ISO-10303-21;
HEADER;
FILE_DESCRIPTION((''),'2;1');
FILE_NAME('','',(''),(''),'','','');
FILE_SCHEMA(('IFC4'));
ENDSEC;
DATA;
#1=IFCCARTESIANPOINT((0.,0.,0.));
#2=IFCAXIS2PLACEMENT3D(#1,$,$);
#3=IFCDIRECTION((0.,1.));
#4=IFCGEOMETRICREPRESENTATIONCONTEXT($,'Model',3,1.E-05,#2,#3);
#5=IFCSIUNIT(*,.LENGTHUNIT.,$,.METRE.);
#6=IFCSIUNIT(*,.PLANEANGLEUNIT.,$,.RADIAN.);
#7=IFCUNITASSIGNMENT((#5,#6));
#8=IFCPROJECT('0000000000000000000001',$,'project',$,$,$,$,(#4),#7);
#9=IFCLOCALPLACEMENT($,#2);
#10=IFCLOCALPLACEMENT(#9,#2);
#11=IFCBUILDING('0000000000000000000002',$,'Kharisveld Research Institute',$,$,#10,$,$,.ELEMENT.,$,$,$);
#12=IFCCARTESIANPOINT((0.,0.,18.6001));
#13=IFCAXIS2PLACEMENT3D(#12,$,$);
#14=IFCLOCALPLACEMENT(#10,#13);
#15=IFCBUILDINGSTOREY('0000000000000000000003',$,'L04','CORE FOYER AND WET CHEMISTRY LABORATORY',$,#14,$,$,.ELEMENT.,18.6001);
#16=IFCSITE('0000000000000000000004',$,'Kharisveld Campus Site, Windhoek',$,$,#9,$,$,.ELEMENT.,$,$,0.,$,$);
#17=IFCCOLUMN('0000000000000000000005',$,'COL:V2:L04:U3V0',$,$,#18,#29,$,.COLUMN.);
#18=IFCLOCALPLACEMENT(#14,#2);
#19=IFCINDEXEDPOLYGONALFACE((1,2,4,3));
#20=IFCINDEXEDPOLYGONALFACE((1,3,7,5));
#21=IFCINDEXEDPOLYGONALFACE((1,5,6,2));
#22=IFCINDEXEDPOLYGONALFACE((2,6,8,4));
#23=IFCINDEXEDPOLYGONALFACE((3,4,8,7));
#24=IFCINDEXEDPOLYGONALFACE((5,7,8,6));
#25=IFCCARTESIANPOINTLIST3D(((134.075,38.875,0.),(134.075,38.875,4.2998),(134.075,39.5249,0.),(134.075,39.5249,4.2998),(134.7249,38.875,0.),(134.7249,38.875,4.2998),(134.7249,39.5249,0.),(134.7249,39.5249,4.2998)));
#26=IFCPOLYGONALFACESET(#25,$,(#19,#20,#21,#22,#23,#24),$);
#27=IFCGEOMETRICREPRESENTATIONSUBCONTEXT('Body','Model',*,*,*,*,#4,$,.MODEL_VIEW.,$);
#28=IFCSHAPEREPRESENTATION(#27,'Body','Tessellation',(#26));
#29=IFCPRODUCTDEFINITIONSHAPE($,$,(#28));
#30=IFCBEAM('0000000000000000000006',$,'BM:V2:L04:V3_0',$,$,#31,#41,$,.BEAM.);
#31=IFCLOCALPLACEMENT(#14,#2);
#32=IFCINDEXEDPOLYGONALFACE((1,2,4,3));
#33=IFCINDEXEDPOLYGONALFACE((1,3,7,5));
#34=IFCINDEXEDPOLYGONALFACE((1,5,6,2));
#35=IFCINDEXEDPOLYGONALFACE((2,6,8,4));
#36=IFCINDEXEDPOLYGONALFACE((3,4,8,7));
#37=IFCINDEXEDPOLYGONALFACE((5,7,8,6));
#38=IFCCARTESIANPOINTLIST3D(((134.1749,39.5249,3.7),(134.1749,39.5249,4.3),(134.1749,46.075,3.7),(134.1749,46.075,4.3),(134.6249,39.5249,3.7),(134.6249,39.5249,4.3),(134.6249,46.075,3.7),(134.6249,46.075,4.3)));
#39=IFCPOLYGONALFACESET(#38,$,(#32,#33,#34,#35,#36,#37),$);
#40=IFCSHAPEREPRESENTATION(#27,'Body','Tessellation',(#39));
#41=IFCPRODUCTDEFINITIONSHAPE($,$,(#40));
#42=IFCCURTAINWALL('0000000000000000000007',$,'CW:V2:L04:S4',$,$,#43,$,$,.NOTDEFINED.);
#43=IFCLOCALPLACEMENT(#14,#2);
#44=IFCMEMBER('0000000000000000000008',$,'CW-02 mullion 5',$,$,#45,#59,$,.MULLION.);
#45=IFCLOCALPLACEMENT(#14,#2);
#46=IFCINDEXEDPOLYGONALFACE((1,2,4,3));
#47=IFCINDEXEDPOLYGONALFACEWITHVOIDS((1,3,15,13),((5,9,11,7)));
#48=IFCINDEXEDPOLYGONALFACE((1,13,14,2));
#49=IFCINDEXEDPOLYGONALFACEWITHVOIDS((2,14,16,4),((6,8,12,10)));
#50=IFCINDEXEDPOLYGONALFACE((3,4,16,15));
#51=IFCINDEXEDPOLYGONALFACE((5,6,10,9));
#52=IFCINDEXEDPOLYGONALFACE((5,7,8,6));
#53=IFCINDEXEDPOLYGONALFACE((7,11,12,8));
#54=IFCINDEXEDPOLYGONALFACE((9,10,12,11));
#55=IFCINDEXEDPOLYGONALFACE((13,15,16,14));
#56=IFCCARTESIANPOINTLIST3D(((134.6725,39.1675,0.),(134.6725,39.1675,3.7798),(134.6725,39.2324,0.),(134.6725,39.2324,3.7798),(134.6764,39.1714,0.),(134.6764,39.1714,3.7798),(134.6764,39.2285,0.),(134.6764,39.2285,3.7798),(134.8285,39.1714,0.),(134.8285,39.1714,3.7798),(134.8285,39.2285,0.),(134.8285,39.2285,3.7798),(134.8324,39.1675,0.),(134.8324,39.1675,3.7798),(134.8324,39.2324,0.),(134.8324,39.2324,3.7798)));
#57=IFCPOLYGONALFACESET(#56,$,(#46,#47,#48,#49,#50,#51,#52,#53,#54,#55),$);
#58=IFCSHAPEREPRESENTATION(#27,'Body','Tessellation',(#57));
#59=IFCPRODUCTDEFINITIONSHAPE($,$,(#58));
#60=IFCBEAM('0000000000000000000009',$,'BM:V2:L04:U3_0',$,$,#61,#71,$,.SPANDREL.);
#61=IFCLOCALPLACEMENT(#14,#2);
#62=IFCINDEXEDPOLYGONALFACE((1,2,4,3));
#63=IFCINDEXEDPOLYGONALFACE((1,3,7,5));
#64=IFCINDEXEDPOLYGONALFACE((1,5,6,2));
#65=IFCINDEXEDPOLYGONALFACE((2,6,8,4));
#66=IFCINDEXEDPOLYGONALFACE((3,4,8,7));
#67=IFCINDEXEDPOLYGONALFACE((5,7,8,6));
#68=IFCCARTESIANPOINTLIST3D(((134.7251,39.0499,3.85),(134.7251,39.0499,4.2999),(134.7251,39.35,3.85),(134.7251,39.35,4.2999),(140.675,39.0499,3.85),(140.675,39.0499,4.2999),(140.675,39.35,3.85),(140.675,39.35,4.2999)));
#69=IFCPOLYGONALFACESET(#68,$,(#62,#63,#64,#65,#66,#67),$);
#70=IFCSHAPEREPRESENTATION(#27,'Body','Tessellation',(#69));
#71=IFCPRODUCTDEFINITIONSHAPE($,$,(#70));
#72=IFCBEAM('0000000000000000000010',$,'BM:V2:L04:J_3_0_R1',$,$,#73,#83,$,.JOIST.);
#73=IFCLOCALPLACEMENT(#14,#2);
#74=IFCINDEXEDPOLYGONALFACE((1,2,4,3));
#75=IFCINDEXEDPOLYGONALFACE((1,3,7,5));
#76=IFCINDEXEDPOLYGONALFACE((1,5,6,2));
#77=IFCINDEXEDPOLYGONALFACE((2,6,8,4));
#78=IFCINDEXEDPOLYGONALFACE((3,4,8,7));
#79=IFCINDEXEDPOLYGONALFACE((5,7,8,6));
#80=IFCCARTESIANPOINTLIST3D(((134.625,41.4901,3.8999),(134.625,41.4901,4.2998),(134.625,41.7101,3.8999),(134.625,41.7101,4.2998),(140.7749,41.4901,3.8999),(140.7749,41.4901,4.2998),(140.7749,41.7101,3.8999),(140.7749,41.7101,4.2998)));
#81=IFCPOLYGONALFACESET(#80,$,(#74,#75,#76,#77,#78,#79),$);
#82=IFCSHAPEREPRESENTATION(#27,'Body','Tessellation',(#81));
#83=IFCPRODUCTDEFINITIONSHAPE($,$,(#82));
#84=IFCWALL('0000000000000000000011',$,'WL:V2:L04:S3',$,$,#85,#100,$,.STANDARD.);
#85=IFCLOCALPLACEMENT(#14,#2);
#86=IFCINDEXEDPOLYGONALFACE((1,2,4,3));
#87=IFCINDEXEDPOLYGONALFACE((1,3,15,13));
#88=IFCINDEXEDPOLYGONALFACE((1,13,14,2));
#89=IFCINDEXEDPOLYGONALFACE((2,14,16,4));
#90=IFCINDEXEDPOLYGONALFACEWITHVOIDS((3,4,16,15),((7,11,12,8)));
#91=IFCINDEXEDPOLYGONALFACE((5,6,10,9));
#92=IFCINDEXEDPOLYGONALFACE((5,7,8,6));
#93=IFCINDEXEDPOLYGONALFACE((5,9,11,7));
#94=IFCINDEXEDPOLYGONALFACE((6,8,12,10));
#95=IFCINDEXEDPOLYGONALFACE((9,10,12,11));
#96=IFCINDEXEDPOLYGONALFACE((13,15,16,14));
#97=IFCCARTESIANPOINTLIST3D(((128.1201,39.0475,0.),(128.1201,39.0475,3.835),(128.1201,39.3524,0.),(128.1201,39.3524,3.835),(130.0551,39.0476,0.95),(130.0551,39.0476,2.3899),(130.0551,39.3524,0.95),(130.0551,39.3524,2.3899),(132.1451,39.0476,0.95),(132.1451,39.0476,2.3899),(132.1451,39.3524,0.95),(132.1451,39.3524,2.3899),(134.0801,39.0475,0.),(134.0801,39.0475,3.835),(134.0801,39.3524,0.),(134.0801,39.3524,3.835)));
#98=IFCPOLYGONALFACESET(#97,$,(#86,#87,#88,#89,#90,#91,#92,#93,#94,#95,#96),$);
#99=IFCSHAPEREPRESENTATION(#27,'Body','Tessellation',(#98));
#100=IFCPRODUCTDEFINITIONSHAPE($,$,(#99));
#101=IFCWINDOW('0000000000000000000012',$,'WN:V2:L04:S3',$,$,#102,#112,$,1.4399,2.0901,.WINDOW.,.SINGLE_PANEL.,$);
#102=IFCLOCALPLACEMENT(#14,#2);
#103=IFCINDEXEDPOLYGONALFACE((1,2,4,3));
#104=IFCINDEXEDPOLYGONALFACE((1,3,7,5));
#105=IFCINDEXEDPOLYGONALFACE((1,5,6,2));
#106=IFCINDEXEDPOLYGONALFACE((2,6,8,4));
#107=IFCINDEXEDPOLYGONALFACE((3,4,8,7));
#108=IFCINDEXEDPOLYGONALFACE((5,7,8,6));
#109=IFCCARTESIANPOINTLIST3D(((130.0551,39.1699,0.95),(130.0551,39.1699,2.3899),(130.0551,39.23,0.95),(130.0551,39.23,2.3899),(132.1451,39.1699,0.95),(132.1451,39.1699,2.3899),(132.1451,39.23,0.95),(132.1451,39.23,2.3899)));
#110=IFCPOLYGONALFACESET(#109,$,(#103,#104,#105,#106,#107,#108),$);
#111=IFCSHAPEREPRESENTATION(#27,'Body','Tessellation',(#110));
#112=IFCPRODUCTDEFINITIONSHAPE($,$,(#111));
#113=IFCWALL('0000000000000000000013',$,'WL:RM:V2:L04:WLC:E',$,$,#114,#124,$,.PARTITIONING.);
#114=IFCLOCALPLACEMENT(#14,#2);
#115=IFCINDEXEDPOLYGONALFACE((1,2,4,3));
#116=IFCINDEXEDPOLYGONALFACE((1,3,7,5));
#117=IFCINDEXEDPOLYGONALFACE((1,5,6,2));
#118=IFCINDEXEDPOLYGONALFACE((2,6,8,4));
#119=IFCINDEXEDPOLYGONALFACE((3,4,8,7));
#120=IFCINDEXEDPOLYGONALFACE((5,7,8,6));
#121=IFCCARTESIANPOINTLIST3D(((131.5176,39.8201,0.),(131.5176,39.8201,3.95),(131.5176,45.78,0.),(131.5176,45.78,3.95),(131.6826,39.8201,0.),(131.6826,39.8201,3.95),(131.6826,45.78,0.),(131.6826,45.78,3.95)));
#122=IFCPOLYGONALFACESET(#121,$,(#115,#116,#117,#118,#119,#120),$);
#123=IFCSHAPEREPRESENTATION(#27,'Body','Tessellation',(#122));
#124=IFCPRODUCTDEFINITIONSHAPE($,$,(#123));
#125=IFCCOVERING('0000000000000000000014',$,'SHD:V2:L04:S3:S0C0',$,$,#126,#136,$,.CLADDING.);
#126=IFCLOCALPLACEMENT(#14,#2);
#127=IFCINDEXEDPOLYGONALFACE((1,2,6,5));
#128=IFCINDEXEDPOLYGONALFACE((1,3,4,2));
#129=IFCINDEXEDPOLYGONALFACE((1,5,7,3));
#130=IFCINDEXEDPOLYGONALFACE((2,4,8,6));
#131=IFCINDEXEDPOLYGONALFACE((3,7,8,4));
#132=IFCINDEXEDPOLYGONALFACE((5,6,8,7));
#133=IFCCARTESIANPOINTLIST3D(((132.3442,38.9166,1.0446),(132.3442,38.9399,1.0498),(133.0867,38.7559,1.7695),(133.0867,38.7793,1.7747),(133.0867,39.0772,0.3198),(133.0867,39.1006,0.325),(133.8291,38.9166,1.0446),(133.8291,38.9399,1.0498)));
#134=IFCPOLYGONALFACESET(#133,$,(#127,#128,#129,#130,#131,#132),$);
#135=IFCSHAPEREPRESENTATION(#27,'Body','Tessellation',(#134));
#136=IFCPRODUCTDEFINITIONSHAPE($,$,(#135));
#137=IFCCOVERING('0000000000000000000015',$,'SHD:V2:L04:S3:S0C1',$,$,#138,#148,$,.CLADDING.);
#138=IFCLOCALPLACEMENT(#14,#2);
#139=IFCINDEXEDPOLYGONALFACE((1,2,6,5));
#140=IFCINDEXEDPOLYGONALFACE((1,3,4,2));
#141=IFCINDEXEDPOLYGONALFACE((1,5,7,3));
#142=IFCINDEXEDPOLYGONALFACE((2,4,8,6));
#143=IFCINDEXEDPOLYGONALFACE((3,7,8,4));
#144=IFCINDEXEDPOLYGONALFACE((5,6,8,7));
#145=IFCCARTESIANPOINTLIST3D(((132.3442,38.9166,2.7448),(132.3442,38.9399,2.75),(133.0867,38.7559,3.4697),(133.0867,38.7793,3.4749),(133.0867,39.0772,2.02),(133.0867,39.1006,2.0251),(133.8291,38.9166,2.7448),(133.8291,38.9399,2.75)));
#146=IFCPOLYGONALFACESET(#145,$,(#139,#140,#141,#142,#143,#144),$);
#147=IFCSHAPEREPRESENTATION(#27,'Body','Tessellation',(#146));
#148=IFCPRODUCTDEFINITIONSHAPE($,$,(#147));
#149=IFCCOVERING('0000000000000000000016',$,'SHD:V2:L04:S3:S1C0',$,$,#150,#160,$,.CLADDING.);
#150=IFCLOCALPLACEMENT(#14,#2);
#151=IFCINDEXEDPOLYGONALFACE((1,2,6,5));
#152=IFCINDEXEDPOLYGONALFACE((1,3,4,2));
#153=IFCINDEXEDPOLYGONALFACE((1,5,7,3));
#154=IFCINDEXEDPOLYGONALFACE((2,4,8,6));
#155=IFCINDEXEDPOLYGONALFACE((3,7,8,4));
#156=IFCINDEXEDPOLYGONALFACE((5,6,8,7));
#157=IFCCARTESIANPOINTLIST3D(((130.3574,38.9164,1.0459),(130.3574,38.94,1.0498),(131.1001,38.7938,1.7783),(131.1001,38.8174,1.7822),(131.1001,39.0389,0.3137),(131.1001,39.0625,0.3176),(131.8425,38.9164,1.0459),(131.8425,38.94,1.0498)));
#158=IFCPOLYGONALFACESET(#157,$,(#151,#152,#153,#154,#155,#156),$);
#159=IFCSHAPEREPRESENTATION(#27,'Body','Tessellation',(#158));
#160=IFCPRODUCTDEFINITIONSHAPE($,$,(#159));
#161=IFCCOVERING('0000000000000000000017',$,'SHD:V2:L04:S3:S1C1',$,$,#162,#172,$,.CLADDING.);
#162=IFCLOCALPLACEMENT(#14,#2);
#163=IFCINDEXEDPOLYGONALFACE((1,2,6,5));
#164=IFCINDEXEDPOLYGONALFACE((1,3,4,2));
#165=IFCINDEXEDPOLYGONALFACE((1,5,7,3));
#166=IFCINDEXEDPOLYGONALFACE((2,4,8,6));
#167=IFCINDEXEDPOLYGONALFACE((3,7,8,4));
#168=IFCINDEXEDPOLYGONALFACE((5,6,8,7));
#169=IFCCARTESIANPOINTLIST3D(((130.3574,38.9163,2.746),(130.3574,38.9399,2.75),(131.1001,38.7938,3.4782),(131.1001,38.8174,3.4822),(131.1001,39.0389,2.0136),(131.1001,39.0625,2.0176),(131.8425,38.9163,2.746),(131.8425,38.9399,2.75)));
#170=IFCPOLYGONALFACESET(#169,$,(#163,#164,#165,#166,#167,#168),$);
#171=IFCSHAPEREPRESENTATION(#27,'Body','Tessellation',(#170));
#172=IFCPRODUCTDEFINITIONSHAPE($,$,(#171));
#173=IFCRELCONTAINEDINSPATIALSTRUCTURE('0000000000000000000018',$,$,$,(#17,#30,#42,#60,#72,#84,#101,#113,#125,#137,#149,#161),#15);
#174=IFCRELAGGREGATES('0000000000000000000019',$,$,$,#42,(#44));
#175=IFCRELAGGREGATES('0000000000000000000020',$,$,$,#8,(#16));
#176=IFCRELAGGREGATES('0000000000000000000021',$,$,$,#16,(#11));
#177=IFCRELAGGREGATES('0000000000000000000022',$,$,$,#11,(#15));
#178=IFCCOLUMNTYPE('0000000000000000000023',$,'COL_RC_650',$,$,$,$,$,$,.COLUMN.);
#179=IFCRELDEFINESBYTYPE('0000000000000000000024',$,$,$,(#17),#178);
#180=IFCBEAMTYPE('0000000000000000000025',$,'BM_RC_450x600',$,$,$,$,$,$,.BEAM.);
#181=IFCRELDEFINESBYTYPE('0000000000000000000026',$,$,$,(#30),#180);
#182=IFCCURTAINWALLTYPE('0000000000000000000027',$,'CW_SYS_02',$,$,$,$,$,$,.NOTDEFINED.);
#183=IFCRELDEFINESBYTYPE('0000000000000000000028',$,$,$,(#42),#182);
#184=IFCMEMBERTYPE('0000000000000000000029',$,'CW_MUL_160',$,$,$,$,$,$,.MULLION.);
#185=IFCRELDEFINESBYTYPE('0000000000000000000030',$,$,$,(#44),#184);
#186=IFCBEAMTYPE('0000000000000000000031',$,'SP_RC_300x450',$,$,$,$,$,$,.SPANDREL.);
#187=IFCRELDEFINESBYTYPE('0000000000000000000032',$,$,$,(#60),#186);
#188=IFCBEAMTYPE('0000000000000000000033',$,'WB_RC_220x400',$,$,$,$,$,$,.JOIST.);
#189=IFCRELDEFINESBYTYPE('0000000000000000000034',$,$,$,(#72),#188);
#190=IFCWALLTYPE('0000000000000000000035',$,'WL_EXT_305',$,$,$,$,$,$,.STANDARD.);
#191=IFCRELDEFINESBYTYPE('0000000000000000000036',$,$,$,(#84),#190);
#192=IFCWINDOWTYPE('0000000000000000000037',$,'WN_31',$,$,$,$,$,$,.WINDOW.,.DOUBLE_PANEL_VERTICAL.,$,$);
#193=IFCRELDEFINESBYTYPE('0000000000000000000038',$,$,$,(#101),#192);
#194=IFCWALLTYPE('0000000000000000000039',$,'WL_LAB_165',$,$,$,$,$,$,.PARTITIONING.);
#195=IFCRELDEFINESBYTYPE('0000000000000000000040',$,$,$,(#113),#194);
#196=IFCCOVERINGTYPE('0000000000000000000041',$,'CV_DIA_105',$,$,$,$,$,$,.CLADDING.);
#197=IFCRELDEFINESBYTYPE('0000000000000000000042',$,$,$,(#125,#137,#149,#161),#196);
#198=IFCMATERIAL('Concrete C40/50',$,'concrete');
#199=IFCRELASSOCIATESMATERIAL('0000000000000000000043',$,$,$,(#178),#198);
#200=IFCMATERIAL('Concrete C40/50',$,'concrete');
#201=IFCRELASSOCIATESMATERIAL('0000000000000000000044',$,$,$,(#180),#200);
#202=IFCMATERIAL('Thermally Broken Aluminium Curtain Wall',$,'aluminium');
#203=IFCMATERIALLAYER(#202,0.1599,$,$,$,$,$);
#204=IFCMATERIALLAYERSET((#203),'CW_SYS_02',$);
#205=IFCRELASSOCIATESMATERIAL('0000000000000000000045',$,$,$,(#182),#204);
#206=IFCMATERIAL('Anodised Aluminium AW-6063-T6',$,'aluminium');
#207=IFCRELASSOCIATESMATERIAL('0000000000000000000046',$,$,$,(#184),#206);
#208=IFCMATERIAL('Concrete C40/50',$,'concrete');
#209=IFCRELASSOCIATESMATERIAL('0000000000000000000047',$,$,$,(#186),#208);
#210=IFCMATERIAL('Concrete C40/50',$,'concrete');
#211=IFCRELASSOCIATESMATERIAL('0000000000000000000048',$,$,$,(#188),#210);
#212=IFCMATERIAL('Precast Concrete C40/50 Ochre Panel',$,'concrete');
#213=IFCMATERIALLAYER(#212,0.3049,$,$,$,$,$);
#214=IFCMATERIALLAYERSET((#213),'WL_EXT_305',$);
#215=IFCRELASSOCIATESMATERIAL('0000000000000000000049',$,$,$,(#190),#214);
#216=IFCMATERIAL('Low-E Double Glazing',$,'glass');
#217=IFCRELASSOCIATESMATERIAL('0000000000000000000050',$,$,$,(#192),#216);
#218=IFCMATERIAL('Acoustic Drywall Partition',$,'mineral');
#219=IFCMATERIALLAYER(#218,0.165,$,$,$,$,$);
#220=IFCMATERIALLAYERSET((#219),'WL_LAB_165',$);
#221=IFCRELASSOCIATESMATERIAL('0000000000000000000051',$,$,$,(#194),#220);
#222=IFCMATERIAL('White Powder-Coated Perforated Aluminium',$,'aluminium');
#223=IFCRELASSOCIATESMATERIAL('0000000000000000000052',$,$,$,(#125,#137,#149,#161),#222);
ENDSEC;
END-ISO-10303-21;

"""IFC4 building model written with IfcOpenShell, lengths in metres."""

from ifc_helpers import new_model, si_unit, direction, frame, frame_2d, origin, origin_2d, place, context, subcontext, project, spatial, polyline, rectangle, hollow_rectangle, outline, extrude, material, layer, layer_set, material_profile, profile_set, type_object, element, fill, aggregate, save


model = new_model("IFC4")

# Units and contexts
model_context = context("Model", 3, precision=1e-05, world=origin(), true_north=direction((0.0, 1.0)))
body_context = subcontext(model_context, "Body", "Model", "MODEL_VIEW")
ifc_project = project(units=[si_unit("LENGTHUNIT", "METRE"), si_unit("PLANEANGLEUNIT", "RADIAN")], contexts=[model_context])

# Site, building, storey
site_placement = place(None, origin())
site = spatial("IfcSite", under=ifc_project, at=site_placement, Name="Kharisveld Campus Site, Windhoek", CompositionType="ELEMENT", RefElevation=0.0)
building_placement = place(site_placement, origin())
building = spatial("IfcBuilding", under=site, at=building_placement, Name="Kharisveld Research Institute", CompositionType="ELEMENT")
storey_placement = place(building_placement, frame((0.0, 0.0, 18.6001)))
storey = spatial("IfcBuildingStorey", under=building, at=storey_placement, Name="L04", Description="CORE FOYER AND WET CHEMISTRY LABORATORY", CompositionType="ELEMENT", Elevation=18.6001)

# Column
ifc_material_1 = material(Name="Concrete C40/50", Category="concrete")
ifc_material_profile_1 = material_profile(ifc_material_1, rectangle(XDim=0.6499, YDim=0.6499, at=origin_2d()))
ifc_profile_set_1 = profile_set([ifc_material_profile_1], Name="Concrete C40/50")
column_type = type_object("IfcColumnType", Name="COL_RC_650", PredefinedType="COLUMN", material=ifc_profile_set_1)
column_placement = place(storey_placement, frame((134.3999, 39.2, 0.0), z_axis=(0.0, 0.0, 1.0), x_axis=(1.0, 0.0, 0.0)))
element("IfcColumn", 1, at=column_placement, inside=storey, type_object=column_type, Name="COL:V2:L04:U3V0", PredefinedType="COLUMN", context=body_context, shape_type="SweptSolid", body=[
    extrude(rectangle(XDim=0.6499, YDim=0.6499, at=origin_2d()), origin(), (0.0, 0.0, 1.0), 4.2998),
])

# Beam
ifc_material_2 = material(Name="Concrete C40/50", Category="concrete")
ifc_material_profile_2 = material_profile(ifc_material_2, rectangle(XDim=0.45, YDim=0.6001, at=origin_2d()))
ifc_profile_set_2 = profile_set([ifc_material_profile_2], Name="Concrete C40/50")
beam_type_1 = type_object("IfcBeamType", Name="BM_RC_450x600", PredefinedType="BEAM", material=ifc_profile_set_2)
beam_1_placement = place(storey_placement, frame((134.3999, 39.5249, 4.0), z_axis=(0.0, 1.0, 0.0), x_axis=(-1.0, 0.0, 0.0)))
element("IfcBeam", 2, at=beam_1_placement, inside=storey, type_object=beam_type_1, Name="BM:V2:L04:V3_0", PredefinedType="BEAM", context=body_context, shape_type="SweptSolid", body=[
    extrude(rectangle(XDim=0.45, YDim=0.6001, at=origin_2d()), origin(), (0.0, 0.0, 1.0), 6.55),
])

# Curtain wall, member
ifc_material_3 = material(Name="Thermally Broken Aluminium Curtain Wall", Category="aluminium")
ifc_layer_1 = layer(ifc_material_3, 0.1599)
ifc_layer_set_1 = layer_set([ifc_layer_1], Name="CW_SYS_02")
curtain_wall_type = type_object("IfcCurtainWallType", Name="CW_SYS_02", PredefinedType="NOTDEFINED", material=ifc_layer_set_1)
curtain_wall_placement = place(storey_placement, origin())
curtain_wall = element("IfcCurtainWall", 3, at=curtain_wall_placement, inside=storey, type_object=curtain_wall_type, Name="CW:V2:L04:S4", PredefinedType="NOTDEFINED")
ifc_material_4 = material(Name="Anodised Aluminium AW-6063-T6", Category="aluminium")
ifc_material_profile_3 = material_profile(ifc_material_4, hollow_rectangle(XDim=0.0649, YDim=0.1599, WallThickness=0.0039, at=origin_2d()))
ifc_profile_set_3 = profile_set([ifc_material_profile_3], Name="Anodised Aluminium AW-6063-T6")
member_type = type_object("IfcMemberType", Name="CW_MUL_160", PredefinedType="MULLION", material=ifc_profile_set_3)
member_placement = place(storey_placement, frame((134.7524, 39.2, 0.0), z_axis=(0.0, 0.0, 1.0), x_axis=(0.0, -1.0, 0.0)))
member = element("IfcMember", 4, at=member_placement, type_object=member_type, Name="CW-02 mullion 5", PredefinedType="MULLION", context=body_context, shape_type="SweptSolid", body=[
    extrude(hollow_rectangle(XDim=0.0649, YDim=0.1599, WallThickness=0.0039, at=origin_2d()), origin(), (0.0, 0.0, 1.0), 3.7798),
])
aggregate(curtain_wall, [member])

# Beams
ifc_material_5 = material(Name="Concrete C40/50", Category="concrete")
ifc_material_profile_4 = material_profile(ifc_material_5, rectangle(XDim=0.3, YDim=0.45, at=origin_2d()))
ifc_profile_set_4 = profile_set([ifc_material_profile_4], Name="Concrete C40/50")
beam_type_2 = type_object("IfcBeamType", Name="SP_RC_300x450", PredefinedType="SPANDREL", material=ifc_profile_set_4)
beam_2_placement = place(storey_placement, frame((134.7251, 39.2, 4.075), z_axis=(1.0, 0.0, 0.0), x_axis=(0.0, 1.0, 0.0)))
element("IfcBeam", 5, at=beam_2_placement, inside=storey, type_object=beam_type_2, Name="BM:V2:L04:U3_0", PredefinedType="SPANDREL", context=body_context, shape_type="SweptSolid", body=[
    extrude(rectangle(XDim=0.3, YDim=0.45, at=origin_2d()), origin(), (0.0, 0.0, 1.0), 5.95),
])
ifc_material_6 = material(Name="Concrete C40/50", Category="concrete")
ifc_material_profile_5 = material_profile(ifc_material_6, rectangle(XDim=0.22, YDim=0.3999, at=origin_2d()))
ifc_profile_set_5 = profile_set([ifc_material_profile_5], Name="Concrete C40/50")
beam_type_3 = type_object("IfcBeamType", Name="WB_RC_220x400", PredefinedType="JOIST", material=ifc_profile_set_5)
beam_3_placement = place(storey_placement, frame((134.625, 41.6001, 4.0999), z_axis=(1.0, 0.0, 0.0), x_axis=(0.0, 1.0, 0.0)))
element("IfcBeam", 6, at=beam_3_placement, inside=storey, type_object=beam_type_3, Name="BM:V2:L04:J_3_0_R1", PredefinedType="JOIST", context=body_context, shape_type="SweptSolid", body=[
    extrude(rectangle(XDim=0.22, YDim=0.3999, at=origin_2d()), origin(), (0.0, 0.0, 1.0), 6.1499),
])

# Wall, opening, window
ifc_material_7 = material(Name="Precast Concrete C40/50 Ochre Panel", Category="concrete")
ifc_layer_2 = layer(ifc_material_7, 0.3049)
ifc_layer_set_2 = layer_set([ifc_layer_2], Name="WL_EXT_305")
wall_type_1 = type_object("IfcWallType", Name="WL_EXT_305", PredefinedType="STANDARD", material=ifc_layer_set_2)
wall_1_placement = place(storey_placement, frame((134.0801, 39.2, 0.0), z_axis=(0.0, 0.0, 1.0), x_axis=(-1.0, 0.0, 0.0)))
wall_1 = element("IfcWall", 7, at=wall_1_placement, inside=storey, type_object=wall_type_1, Name="WL:V2:L04:S3", PredefinedType="STANDARD", context=body_context, shape_type="SweptSolid", body=[
    extrude(rectangle(XDim=5.96, YDim=0.3049, at=frame_2d((2.98, 0.0))), origin(), (0.0, 0.0, 1.0), 3.835),
])
opening_placement = place(wall_1_placement, frame((1.9351, 0.0, 0.95)))
opening = element("IfcOpeningElement", 8, at=opening_placement, cuts=wall_1, PredefinedType="OPENING", context=body_context, shape_type="SweptSolid", body=[
    extrude(rectangle(XDim=2.0901, YDim=1.4399, at=frame_2d((1.0449, 0.72))), frame((0.0, 0.1523, 0.0), z_axis=(0.0, -1.0, 0.0), x_axis=(1.0, 0.0, 0.0)), (0.0, 0.0, 1.0), 0.3049),
])
ifc_material_8 = material(Name="Low-E Double Glazing", Category="glass")
window_type = type_object("IfcWindowType", Name="WN_31", PartitioningType="DOUBLE_PANEL_VERTICAL", PredefinedType="WINDOW", material=ifc_material_8)
window_placement = place(opening_placement, origin())
window = element("IfcWindow", 9, at=window_placement, inside=storey, type_object=window_type, Name="WN:V2:L04:S3", OverallHeight=1.4399, OverallWidth=2.0901, PartitioningType="SINGLE_PANEL", PredefinedType="WINDOW", context=body_context, shape_type="SweptSolid", body=[
    extrude(rectangle(XDim=2.0901, YDim=1.4399, at=frame_2d((1.0449, 0.72))), frame((0.0, 0.03, 0.0), z_axis=(0.0, -1.0, 0.0), x_axis=(1.0, 0.0, 0.0)), (0.0, 0.0, 1.0), 0.0601),
])
fill(opening, window)

# Wall
ifc_material_9 = material(Name="Acoustic Drywall Partition", Category="mineral")
ifc_layer_3 = layer(ifc_material_9, 0.165)
ifc_layer_set_3 = layer_set([ifc_layer_3], Name="WL_LAB_165")
wall_type_2 = type_object("IfcWallType", Name="WL_LAB_165", PredefinedType="PARTITIONING", material=ifc_layer_set_3)
wall_2_placement = place(storey_placement, frame((131.6001, 39.8201, 0.0), z_axis=(0.0, 0.0, 1.0), x_axis=(0.0, 1.0, 0.0)))
element("IfcWall", 10, at=wall_2_placement, inside=storey, type_object=wall_type_2, Name="WL:RM:V2:L04:WLC:E", PredefinedType="PARTITIONING", context=body_context, shape_type="SweptSolid", body=[
    extrude(rectangle(XDim=5.96, YDim=0.165, at=frame_2d((2.98, 0.0))), origin(), (0.0, 0.0, 1.0), 3.95),
])

# Coverings
ifc_material_10 = material(Name="White Powder-Coated Perforated Aluminium", Category="aluminium")
covering_type = type_object("IfcCoveringType", Name="CV_DIA_105", PredefinedType="CLADDING")
for number, where, z_axis, x_axis, name in (
    (11, (133.0867, 39.1006, 0.325), (0.0, 0.976311, 0.216373), (-0.707102, -0.153, 0.69036), "SHD:V2:L04:S3:S0C0"),
    (12, (133.0867, 39.1006, 2.0251), (0.0, 0.976311, 0.216373), (-0.707102, -0.153, 0.69036), "SHD:V2:L04:S3:S0C1"),
):
    element("IfcCovering", number, at=place(storey_placement, frame(where, z_axis=z_axis, x_axis=x_axis)), inside=storey, type_object=covering_type, material=ifc_material_10, Name=name, PredefinedType="CLADDING", context=body_context, shape_type="SweptSolid", body=[
        extrude(outline(polyline([(0.0, 0.0), (1.05, 0.0), (1.05, 1.05), (0.0, 1.05), (0.0, 0.0)])), origin(), (0.0, 0.0, -1.0), 0.0239),
    ])
covering_1_placement = place(storey_placement, frame((131.1001, 39.0625, 0.3176), z_axis=(0.0, 0.986283, 0.165065), x_axis=(-0.707255, -0.116694, 0.697261)))
element("IfcCovering", 13, at=covering_1_placement, inside=storey, type_object=covering_type, material=ifc_material_10, Name="SHD:V2:L04:S3:S1C0", PredefinedType="CLADDING", context=body_context, shape_type="SweptSolid", body=[
    extrude(outline(polyline([(0.0, 0.0), (1.0501, 0.0), (1.0498, 1.0503), (-0.0003, 1.0499), (0.0, 0.0)])), origin(), (0.0, 0.0, -1.0), 0.0239),
])
covering_2_placement = place(storey_placement, frame((131.1001, 39.0625, 2.0176), z_axis=(0.0, 0.986283, 0.165065), x_axis=(-0.70714, -0.116713, 0.697374)))
element("IfcCovering", 14, at=covering_2_placement, inside=storey, type_object=covering_type, material=ifc_material_10, Name="SHD:V2:L04:S3:S1C1", PredefinedType="CLADDING", context=body_context, shape_type="SweptSolid", body=[
    extrude(outline(polyline([(0.0, 0.0), (1.0503, 0.0), (1.05, 1.0501), (0.0001, 1.0501), (0.0, 0.0)])), origin(), (0.0, 0.0, -1.0), 0.0239),
])

save(model, "model.ifc")
